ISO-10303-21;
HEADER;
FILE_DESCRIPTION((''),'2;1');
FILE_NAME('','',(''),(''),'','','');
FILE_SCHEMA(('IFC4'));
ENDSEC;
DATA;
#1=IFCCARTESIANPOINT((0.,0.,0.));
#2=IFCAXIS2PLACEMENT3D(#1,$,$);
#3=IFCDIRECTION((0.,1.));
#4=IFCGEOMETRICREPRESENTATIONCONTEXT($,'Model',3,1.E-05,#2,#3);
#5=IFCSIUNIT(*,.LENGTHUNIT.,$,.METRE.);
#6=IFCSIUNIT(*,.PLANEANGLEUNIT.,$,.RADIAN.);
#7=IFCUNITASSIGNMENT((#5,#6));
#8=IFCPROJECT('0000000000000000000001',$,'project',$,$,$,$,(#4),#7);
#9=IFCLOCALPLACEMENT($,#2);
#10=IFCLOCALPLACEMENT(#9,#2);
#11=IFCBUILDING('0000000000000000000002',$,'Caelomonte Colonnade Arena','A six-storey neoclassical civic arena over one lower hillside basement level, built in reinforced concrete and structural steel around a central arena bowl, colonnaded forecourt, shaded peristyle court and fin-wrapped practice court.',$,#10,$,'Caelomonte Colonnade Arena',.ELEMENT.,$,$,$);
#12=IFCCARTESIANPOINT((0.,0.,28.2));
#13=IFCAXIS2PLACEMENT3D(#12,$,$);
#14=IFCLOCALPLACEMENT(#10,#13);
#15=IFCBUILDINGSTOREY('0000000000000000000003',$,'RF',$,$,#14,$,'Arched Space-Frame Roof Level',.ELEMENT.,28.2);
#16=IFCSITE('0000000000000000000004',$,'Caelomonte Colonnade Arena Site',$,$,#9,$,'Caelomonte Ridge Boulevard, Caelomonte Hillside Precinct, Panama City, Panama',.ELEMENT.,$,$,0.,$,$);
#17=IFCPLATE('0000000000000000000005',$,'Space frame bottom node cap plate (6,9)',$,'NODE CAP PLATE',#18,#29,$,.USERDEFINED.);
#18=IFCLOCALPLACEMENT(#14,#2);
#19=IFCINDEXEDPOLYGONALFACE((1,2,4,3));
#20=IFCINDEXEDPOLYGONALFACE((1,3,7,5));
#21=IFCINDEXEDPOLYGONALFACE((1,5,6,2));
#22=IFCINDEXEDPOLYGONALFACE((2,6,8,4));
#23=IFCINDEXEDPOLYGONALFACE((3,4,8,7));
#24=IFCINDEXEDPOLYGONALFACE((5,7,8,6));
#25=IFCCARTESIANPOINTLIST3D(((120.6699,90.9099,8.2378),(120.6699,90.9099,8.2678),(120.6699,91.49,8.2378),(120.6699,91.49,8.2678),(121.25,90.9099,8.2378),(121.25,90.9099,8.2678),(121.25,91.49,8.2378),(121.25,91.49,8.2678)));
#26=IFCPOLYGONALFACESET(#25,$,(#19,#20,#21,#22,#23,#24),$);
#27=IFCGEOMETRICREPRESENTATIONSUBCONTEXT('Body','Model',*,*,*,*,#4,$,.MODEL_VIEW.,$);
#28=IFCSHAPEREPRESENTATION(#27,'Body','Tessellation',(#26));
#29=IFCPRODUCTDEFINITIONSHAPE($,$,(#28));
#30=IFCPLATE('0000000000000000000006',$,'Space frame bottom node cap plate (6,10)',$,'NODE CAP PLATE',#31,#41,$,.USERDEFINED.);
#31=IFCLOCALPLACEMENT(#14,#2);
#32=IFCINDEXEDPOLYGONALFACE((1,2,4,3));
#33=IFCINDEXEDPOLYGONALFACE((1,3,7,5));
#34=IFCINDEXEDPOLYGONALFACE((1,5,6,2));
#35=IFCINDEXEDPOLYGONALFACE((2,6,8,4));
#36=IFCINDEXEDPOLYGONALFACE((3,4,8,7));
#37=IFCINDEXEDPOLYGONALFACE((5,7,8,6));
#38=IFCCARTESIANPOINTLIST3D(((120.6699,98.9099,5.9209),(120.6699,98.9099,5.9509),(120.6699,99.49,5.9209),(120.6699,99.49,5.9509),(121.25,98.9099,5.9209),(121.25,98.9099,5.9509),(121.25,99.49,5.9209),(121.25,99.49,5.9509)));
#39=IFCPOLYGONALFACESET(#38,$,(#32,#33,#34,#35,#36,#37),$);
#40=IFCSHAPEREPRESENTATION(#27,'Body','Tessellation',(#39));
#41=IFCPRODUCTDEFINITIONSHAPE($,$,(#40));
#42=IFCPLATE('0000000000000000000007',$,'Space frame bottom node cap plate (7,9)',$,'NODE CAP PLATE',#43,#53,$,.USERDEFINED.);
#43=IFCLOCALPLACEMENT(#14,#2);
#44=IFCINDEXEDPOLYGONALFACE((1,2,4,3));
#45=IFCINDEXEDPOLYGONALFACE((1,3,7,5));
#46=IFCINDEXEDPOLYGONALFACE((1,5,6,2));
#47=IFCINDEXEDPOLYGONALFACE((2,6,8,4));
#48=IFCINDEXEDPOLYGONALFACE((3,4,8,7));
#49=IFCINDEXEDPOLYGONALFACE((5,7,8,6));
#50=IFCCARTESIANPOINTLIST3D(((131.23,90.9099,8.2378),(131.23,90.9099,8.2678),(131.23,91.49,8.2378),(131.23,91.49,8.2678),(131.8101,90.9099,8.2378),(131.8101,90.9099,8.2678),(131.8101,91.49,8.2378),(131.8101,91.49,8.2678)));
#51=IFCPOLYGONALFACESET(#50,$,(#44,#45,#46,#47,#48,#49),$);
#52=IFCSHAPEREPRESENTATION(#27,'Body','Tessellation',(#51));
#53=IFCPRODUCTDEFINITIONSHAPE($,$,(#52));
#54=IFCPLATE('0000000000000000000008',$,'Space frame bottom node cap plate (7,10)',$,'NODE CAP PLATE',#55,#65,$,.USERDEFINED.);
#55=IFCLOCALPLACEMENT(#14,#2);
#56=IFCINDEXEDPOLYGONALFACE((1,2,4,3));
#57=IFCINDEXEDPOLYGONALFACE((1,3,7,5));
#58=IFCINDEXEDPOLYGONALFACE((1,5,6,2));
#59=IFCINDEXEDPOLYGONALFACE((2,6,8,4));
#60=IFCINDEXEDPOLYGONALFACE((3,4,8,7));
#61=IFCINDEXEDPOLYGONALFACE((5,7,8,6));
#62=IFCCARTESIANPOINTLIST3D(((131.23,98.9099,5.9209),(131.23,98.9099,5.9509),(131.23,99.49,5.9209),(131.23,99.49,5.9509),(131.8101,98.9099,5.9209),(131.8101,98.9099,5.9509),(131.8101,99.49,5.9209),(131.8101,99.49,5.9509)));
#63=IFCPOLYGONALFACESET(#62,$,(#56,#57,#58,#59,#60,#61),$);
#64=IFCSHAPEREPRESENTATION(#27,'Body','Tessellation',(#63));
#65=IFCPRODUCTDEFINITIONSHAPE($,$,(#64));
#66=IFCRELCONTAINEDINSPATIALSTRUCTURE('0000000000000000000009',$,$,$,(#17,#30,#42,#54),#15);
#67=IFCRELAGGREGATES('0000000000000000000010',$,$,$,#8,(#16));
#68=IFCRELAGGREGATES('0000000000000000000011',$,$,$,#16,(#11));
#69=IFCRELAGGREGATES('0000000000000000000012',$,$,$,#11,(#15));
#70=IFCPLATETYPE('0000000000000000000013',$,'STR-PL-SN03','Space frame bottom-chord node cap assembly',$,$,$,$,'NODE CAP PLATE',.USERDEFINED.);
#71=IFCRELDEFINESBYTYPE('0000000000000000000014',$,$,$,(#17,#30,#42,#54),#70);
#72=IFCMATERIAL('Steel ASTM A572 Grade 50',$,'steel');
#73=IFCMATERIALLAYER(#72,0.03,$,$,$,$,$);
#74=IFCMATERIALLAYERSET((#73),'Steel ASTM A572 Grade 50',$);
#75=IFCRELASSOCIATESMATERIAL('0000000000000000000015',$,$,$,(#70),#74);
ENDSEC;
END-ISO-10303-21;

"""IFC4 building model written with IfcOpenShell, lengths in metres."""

from ifc_helpers import new_model, si_unit, direction, frame, origin, origin_2d, place, context, subcontext, project, spatial, rectangle, extrude, material, layer, layer_set, type_object, element, save


model = new_model("IFC4")

# Units and contexts
model_context = context("Model", 3, precision=1e-05, world=origin(), true_north=direction((0.0, 1.0)))
body_context = subcontext(model_context, "Body", "Model", "MODEL_VIEW")
ifc_project = project(units=[si_unit("LENGTHUNIT", "METRE"), si_unit("PLANEANGLEUNIT", "RADIAN")], contexts=[model_context])

# Site, building, storey
site_placement = place(None, origin())
site = spatial("IfcSite", under=ifc_project, at=site_placement, Name="Caelomonte Colonnade Arena Site", LongName="Caelomonte Ridge Boulevard, Caelomonte Hillside Precinct, Panama City, Panama", CompositionType="ELEMENT", RefElevation=0.0)
building_placement = place(site_placement, origin())
building = spatial("IfcBuilding", under=site, at=building_placement, Name="Caelomonte Colonnade Arena", Description="A six-storey neoclassical civic arena over one lower hillside basement level, built in reinforced concrete and structural steel around a central arena bowl, colonnaded forecourt, shaded peristyle court and fin-wrapped practice court.", LongName="Caelomonte Colonnade Arena", CompositionType="ELEMENT")
storey_placement = place(building_placement, frame((0.0, 0.0, 28.2)))
storey = spatial("IfcBuildingStorey", under=building, at=storey_placement, Name="RF", LongName="Arched Space-Frame Roof Level", CompositionType="ELEMENT", Elevation=28.2)

# Plates
ifc_material_1 = material(Name="Steel ASTM A572 Grade 50", Category="steel")
ifc_layer_1 = layer(ifc_material_1, 0.03)
ifc_layer_set_1 = layer_set([ifc_layer_1], Name="Steel ASTM A572 Grade 50")
plate_type_1 = type_object("IfcPlateType", Name="STR-PL-SN03", Description="Space frame bottom-chord node cap assembly", ElementType="NODE CAP PLATE", PredefinedType="USERDEFINED", material=ifc_layer_set_1)
for number, where, z_axis, x_axis, name in (
    (1, (120.96, 91.2, 8.2378), (0.0, 0.0, 1.0), (1.0, 0.0, 0.0), "Space frame bottom node cap plate (6,9)"),
    (2, (120.96, 99.2, 5.9209), (0.0, 0.0, 1.0), (1.0, 0.0, 0.0), "Space frame bottom node cap plate (6,10)"),
    (3, (131.52, 91.2, 8.2378), (0.0, 0.0, 1.0), (1.0, 0.0, 0.0), "Space frame bottom node cap plate (7,9)"),
    (4, (131.52, 99.2, 5.9209), (0.0, 0.0, 1.0), (1.0, 0.0, 0.0), "Space frame bottom node cap plate (7,10)"),
):
    element("IfcPlate", number, at=place(storey_placement, frame(where, z_axis=z_axis, x_axis=x_axis)), inside=storey, type_object=plate_type_1, Name=name, ObjectType="NODE CAP PLATE", PredefinedType="USERDEFINED", context=body_context, shape_type="SweptSolid", body=[
        extrude(rectangle(XDim=0.5801, YDim=0.5801, at=origin_2d()), origin(), (0.0, 0.0, 1.0), 0.03),
    ])

save(model, "model.ifc")
